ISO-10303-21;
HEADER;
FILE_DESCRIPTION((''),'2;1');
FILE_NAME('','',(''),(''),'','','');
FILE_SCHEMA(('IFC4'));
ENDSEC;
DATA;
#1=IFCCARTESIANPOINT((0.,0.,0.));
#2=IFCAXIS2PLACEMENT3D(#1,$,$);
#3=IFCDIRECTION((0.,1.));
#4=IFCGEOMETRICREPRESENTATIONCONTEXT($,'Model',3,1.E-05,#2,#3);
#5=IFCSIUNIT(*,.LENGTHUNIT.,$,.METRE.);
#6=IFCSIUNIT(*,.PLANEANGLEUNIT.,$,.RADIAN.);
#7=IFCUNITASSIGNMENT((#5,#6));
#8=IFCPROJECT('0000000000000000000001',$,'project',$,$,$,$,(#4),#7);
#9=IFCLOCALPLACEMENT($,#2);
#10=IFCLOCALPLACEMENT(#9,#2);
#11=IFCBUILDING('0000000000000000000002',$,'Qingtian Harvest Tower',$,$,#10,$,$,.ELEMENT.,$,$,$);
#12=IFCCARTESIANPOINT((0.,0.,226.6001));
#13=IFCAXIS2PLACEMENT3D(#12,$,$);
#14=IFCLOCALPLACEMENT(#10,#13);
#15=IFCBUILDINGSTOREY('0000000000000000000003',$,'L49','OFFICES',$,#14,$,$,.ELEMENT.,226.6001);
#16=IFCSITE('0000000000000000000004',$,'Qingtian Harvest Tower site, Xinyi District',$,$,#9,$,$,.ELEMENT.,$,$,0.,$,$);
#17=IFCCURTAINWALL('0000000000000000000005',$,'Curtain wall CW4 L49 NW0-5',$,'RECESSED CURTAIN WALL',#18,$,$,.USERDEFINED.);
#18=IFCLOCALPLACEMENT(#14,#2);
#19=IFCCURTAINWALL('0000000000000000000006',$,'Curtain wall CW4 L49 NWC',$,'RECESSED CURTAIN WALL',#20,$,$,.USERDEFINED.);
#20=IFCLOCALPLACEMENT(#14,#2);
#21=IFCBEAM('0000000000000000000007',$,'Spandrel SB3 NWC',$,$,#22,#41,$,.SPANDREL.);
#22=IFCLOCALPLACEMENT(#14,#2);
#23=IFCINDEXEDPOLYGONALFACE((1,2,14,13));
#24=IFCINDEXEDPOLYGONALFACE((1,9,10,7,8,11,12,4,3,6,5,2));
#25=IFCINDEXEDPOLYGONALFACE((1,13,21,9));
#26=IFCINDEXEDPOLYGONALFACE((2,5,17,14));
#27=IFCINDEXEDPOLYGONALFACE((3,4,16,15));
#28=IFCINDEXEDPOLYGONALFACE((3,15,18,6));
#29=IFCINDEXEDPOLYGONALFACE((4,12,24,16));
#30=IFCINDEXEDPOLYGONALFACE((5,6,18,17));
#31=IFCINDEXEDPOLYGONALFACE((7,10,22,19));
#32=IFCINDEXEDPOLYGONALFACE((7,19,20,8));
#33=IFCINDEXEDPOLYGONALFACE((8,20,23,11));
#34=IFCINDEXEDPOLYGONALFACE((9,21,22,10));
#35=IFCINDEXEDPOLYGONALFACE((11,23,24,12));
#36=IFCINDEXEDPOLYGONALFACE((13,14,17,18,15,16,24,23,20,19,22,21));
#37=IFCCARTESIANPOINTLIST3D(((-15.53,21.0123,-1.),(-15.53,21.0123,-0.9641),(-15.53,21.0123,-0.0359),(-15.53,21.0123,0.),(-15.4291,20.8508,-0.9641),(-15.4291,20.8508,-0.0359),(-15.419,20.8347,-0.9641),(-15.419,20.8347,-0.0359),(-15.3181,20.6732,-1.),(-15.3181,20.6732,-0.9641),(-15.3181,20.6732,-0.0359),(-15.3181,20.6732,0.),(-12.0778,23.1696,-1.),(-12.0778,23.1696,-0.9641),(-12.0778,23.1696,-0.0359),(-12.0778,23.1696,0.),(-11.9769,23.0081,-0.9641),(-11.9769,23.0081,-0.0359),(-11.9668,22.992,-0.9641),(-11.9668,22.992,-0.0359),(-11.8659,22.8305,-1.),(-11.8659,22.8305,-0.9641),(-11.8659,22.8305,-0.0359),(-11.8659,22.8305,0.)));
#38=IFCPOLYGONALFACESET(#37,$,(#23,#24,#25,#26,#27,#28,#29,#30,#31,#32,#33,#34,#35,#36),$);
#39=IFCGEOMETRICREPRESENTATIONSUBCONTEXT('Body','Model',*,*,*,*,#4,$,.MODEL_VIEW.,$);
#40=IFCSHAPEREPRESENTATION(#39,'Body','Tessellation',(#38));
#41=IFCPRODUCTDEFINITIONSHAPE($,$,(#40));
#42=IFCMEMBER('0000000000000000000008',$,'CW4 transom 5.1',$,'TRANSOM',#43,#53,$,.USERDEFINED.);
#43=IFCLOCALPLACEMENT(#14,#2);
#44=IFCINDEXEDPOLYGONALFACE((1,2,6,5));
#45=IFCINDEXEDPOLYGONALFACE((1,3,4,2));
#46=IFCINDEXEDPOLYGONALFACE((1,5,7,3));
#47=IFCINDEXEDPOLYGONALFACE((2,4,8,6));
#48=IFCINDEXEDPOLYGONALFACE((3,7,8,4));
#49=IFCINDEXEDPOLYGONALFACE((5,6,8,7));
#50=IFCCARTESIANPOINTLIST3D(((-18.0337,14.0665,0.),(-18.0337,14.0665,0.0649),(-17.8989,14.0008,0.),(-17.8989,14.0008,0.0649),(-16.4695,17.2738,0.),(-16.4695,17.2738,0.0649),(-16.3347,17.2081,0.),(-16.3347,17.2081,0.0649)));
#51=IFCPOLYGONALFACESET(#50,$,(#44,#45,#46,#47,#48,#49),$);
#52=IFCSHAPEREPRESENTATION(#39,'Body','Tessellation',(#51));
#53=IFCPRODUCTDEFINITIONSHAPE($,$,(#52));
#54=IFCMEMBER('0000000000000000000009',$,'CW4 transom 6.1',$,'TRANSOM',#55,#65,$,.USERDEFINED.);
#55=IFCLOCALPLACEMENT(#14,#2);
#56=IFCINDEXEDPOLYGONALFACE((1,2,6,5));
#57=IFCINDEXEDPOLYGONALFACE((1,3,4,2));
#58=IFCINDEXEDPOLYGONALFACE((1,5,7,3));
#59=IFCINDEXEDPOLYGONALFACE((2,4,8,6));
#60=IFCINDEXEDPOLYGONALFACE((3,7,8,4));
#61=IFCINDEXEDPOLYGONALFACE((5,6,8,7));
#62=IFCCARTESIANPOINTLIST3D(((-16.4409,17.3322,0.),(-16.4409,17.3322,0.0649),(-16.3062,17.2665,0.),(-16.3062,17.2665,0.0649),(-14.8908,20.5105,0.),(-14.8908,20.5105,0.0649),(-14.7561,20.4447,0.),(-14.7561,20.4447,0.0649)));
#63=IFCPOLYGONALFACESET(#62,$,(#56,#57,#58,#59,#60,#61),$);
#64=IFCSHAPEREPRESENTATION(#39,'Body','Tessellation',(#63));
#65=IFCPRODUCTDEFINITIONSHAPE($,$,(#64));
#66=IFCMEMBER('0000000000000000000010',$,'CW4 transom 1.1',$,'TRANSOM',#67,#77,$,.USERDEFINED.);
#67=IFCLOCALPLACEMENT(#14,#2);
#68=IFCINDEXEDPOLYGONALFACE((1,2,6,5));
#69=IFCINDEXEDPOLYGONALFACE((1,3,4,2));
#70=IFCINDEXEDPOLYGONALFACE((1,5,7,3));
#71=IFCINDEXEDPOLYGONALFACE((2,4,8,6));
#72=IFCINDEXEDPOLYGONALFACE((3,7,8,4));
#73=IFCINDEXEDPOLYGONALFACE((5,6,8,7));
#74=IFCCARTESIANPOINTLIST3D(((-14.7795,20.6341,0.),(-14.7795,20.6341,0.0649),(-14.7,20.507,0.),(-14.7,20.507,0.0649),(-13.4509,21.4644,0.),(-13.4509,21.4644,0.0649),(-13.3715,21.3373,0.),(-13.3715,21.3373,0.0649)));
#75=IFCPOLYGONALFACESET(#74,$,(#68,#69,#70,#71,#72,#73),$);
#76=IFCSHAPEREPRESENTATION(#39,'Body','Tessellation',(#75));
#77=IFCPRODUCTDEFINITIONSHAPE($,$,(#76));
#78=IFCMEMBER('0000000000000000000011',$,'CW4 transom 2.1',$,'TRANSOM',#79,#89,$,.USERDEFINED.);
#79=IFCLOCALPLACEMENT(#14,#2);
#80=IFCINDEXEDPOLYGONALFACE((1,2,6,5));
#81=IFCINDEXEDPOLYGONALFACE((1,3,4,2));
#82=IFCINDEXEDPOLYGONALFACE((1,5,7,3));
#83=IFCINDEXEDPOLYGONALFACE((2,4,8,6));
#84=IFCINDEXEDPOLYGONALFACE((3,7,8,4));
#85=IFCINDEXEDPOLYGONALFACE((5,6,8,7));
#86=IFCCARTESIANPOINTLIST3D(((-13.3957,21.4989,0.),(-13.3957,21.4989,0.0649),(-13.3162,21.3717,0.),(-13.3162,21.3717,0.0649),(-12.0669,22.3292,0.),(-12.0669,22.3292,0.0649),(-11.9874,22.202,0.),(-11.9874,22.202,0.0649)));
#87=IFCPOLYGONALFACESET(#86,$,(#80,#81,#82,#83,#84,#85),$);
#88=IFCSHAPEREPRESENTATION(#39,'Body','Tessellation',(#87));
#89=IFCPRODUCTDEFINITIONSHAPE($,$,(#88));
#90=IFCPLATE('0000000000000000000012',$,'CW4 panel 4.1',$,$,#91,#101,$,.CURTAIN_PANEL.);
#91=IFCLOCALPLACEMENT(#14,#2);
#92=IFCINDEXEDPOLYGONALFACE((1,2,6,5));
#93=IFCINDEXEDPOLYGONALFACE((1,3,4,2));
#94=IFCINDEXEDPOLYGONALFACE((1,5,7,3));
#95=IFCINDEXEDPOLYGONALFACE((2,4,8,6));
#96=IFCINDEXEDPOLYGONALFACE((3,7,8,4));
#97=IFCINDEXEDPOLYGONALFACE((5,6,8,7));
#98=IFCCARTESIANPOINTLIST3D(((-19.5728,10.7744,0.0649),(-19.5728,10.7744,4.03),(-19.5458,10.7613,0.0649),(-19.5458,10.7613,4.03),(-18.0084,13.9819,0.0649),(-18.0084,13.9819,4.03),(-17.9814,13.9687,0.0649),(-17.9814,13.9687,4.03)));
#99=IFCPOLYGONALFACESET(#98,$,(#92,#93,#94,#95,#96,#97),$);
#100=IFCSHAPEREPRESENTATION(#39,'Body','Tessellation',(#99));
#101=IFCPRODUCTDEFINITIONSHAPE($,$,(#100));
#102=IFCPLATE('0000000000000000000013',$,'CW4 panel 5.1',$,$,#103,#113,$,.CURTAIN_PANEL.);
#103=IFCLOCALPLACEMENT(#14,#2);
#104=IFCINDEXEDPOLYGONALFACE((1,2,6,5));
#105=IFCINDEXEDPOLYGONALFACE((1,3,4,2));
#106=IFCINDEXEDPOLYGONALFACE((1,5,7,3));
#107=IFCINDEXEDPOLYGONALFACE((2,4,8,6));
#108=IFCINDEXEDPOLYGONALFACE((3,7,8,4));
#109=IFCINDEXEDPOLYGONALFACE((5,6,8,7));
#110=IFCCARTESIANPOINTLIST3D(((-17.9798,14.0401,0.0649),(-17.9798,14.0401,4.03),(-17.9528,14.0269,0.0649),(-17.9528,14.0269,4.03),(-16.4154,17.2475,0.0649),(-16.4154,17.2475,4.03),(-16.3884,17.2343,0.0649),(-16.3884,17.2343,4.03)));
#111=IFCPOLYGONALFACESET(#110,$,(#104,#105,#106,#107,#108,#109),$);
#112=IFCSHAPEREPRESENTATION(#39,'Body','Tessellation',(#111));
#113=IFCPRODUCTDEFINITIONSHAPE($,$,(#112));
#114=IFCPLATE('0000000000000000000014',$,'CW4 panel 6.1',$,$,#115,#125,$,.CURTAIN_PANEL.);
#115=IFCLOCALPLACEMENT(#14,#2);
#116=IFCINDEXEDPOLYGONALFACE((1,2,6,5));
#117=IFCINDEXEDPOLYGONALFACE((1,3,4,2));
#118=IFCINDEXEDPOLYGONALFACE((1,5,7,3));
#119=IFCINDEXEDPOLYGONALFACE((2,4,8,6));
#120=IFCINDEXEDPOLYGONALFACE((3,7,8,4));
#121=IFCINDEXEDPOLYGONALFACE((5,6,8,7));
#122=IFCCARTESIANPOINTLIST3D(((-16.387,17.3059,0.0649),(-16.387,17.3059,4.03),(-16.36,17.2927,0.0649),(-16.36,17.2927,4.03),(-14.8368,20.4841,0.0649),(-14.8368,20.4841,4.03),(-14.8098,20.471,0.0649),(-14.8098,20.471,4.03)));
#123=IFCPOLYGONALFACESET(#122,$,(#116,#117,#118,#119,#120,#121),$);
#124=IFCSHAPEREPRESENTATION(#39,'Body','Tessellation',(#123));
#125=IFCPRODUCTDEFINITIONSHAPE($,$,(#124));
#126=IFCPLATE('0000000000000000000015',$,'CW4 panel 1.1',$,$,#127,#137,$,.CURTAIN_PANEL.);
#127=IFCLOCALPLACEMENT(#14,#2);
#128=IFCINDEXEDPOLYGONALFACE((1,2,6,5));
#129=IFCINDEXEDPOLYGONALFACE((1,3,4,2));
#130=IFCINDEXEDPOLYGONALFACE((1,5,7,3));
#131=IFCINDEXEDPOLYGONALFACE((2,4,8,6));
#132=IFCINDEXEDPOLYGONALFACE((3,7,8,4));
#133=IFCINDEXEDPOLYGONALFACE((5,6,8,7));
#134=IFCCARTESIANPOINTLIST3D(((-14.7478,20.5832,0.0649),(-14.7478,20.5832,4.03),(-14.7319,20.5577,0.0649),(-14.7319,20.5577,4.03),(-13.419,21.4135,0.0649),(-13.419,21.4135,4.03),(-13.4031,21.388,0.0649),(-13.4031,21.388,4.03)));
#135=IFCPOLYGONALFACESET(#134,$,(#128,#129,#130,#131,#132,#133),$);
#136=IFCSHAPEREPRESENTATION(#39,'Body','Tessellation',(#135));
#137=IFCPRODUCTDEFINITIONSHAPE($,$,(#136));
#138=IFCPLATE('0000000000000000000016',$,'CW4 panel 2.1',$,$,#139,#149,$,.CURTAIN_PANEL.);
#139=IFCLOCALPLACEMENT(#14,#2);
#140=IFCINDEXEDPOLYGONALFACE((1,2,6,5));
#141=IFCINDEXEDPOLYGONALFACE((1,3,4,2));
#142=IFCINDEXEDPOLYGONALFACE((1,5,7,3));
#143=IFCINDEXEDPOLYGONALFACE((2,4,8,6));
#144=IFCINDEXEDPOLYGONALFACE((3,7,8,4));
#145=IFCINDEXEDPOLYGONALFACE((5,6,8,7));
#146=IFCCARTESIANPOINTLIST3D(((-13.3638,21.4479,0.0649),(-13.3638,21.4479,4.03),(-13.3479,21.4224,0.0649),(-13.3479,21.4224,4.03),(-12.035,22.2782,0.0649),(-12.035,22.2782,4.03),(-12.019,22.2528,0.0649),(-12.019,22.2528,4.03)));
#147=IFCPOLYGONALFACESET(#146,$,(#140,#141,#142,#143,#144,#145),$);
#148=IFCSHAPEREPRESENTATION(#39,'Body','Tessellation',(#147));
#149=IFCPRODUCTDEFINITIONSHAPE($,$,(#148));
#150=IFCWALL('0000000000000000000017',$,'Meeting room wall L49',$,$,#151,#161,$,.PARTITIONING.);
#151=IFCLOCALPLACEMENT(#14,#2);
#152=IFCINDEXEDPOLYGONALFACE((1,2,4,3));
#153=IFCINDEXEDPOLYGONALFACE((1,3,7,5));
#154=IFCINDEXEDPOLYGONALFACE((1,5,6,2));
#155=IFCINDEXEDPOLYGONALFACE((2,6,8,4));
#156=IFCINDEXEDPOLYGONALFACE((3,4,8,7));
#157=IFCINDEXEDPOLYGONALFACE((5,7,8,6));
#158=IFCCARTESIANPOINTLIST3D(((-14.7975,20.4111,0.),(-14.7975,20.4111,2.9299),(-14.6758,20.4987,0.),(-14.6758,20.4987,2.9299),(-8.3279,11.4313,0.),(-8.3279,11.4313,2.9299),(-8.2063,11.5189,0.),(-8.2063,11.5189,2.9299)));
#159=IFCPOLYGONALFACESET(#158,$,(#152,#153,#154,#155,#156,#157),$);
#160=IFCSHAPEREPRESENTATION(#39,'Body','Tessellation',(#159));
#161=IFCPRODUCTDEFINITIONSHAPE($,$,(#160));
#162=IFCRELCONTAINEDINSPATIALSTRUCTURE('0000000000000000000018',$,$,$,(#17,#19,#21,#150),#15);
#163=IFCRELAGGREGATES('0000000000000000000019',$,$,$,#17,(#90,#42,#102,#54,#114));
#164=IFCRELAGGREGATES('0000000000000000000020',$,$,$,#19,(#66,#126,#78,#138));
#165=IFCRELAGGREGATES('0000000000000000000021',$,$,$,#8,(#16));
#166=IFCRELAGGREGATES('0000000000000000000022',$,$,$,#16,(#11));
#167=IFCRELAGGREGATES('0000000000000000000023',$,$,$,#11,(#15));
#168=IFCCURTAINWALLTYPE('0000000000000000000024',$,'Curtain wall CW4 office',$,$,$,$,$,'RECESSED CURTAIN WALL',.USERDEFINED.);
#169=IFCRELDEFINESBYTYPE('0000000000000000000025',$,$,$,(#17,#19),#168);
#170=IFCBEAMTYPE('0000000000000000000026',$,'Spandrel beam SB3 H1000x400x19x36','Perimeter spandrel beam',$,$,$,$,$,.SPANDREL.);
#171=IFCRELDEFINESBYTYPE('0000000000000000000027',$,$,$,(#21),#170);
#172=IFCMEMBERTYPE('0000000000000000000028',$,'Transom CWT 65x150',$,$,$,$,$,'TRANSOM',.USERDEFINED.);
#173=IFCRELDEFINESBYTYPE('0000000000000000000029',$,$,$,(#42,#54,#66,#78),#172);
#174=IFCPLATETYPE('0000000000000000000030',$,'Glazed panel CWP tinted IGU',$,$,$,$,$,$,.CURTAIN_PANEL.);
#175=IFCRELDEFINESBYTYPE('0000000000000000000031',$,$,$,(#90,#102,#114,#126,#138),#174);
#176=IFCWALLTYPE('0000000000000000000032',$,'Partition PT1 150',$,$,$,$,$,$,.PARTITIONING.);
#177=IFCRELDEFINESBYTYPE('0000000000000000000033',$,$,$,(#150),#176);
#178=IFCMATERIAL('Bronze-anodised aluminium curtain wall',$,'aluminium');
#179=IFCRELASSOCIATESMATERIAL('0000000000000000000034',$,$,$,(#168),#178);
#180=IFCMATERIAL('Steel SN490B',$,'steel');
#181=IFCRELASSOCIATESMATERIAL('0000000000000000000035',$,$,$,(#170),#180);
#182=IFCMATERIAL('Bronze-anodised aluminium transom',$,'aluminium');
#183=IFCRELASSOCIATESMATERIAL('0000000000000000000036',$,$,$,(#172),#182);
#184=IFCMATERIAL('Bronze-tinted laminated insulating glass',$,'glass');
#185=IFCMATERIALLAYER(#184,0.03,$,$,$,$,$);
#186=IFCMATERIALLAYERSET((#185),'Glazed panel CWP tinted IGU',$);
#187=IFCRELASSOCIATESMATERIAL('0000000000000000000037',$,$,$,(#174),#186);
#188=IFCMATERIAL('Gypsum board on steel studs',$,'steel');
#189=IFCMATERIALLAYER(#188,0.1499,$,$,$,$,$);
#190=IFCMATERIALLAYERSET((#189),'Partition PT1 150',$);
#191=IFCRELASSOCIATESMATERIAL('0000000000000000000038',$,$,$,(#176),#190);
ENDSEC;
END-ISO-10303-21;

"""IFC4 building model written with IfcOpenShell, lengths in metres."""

from ifc_helpers import new_model, si_unit, direction, frame, frame_2d, origin, origin_2d, place, context, subcontext, project, spatial, rectangle, i_section, extrude, material, layer, layer_set, material_profile, profile_set, type_object, element, aggregate, save


model = new_model("IFC4")

# Units and contexts
model_context = context("Model", 3, precision=1e-05, world=origin(), true_north=direction((0.0, 1.0)))
body_context = subcontext(model_context, "Body", "Model", "MODEL_VIEW")
ifc_project = project(units=[si_unit("LENGTHUNIT", "METRE"), si_unit("PLANEANGLEUNIT", "RADIAN")], contexts=[model_context])

# Site, building, storey
site_placement = place(None, origin())
site = spatial("IfcSite", under=ifc_project, at=site_placement, Name="Qingtian Harvest Tower site, Xinyi District", CompositionType="ELEMENT", RefElevation=0.0)
building_placement = place(site_placement, origin())
building = spatial("IfcBuilding", under=site, at=building_placement, Name="Qingtian Harvest Tower", CompositionType="ELEMENT")
storey_placement = place(building_placement, frame((0.0, 0.0, 226.6001)))
storey = spatial("IfcBuildingStorey", under=building, at=storey_placement, Name="L49", Description="OFFICES", CompositionType="ELEMENT", Elevation=226.6001)

# Curtain walls
ifc_material_1 = material(Name="Bronze-anodised aluminium curtain wall", Category="aluminium")
curtain_wall_type = type_object("IfcCurtainWallType", Name="Curtain wall CW4 office", ElementType="RECESSED CURTAIN WALL", PredefinedType="USERDEFINED", material=ifc_material_1)
curtain_wall_1_placement = place(storey_placement, origin())
curtain_wall_1 = element("IfcCurtainWall", 1, at=curtain_wall_1_placement, inside=storey, type_object=curtain_wall_type, Name="Curtain wall CW4 L49 NW0-5", ObjectType="RECESSED CURTAIN WALL", PredefinedType="USERDEFINED")
curtain_wall_2_placement = place(storey_placement, origin())
curtain_wall_2 = element("IfcCurtainWall", 2, at=curtain_wall_2_placement, inside=storey, type_object=curtain_wall_type, Name="Curtain wall CW4 L49 NWC", ObjectType="RECESSED CURTAIN WALL", PredefinedType="USERDEFINED")

# Beam
ifc_material_2 = material(Name="Steel SN490B", Category="steel")
ifc_material_profile_1 = material_profile(ifc_material_2, i_section(OverallWidth=0.3999, OverallDepth=1.0, WebThickness=0.019, FlangeThickness=0.0359, at=origin_2d()), Name="H1000x400x19x36")
ifc_profile_set_1 = profile_set([ifc_material_profile_1], Name="Steel SN490B")
beam_type_1 = type_object("IfcBeamType", Name="Spandrel beam SB3 H1000x400x19x36", Description="Perimeter spandrel beam", PredefinedType="SPANDREL", material=ifc_profile_set_1)
beam_1_placement = place(storey_placement, frame((-15.4241, 20.8428, -0.5), z_axis=(0.848039, 0.529934, 0.0), x_axis=(-0.529934, 0.848039, 0.0)))
element("IfcBeam", 3, at=beam_1_placement, inside=storey, type_object=beam_type_1, Name="Spandrel SB3 NWC", PredefinedType="SPANDREL", context=body_context, shape_type="SweptSolid", body=[
    extrude(i_section(OverallWidth=0.3999, OverallDepth=1.0, WebThickness=0.019, FlangeThickness=0.0359, at=origin_2d()), origin(), (0.0, 0.0, 1.0), 4.0708),
])

# Members
ifc_material_3 = material(Name="Bronze-anodised aluminium transom", Category="aluminium")
ifc_material_profile_2 = material_profile(ifc_material_3, rectangle(XDim=0.1499, YDim=0.0649, at=origin_2d()), Name="AL 65x150")
ifc_profile_set_2 = profile_set([ifc_material_profile_2], Name="Bronze-anodised aluminium transom")
member_type_1 = type_object("IfcMemberType", Name="Transom CWT 65x150", ElementType="TRANSOM", PredefinedType="USERDEFINED", material=ifc_profile_set_2)
member_1_placement = place(storey_placement, frame((-17.9663, 14.0337, 0.0325), z_axis=(0.438352, 0.898803, 0.0), x_axis=(-0.898803, 0.438352, 0.0)))
member_1 = element("IfcMember", 4, at=member_1_placement, type_object=member_type_1, Name="CW4 transom 5.1", ObjectType="TRANSOM", PredefinedType="USERDEFINED", context=body_context, shape_type="SweptSolid", body=[
    extrude(rectangle(XDim=0.1499, YDim=0.0649, at=origin_2d()), origin(), (0.0, 0.0, 1.0), 3.5684),
])
member_2_placement = place(storey_placement, frame((-16.3735, 17.2993, 0.0325), z_axis=(0.438354, 0.898802, 0.0), x_axis=(-0.898802, 0.438354, 0.0)))
member_2 = element("IfcMember", 5, at=member_2_placement, type_object=member_type_1, Name="CW4 transom 6.1", ObjectType="TRANSOM", PredefinedType="USERDEFINED", context=body_context, shape_type="SweptSolid", body=[
    extrude(rectangle(XDim=0.1499, YDim=0.0649, at=origin_2d()), origin(), (0.0, 0.0, 1.0), 3.5361),
])
member_3_placement = place(storey_placement, frame((-14.7397, 20.5706, 0.0325), z_axis=(0.848016, 0.529971, 0.0), x_axis=(-0.529971, 0.848016, 0.0)))
member_3 = element("IfcMember", 6, at=member_3_placement, type_object=member_type_1, Name="CW4 transom 1.1", ObjectType="TRANSOM", PredefinedType="USERDEFINED", context=body_context, shape_type="SweptSolid", body=[
    extrude(rectangle(XDim=0.1499, YDim=0.0649, at=origin_2d()), origin(), (0.0, 0.0, 1.0), 1.5667),
])
member_4_placement = place(storey_placement, frame((-13.356, 21.4353, 0.0325), z_axis=(0.84806, 0.529901, 0.0), x_axis=(-0.529901, 0.84806, 0.0)))
member_4 = element("IfcMember", 7, at=member_4_placement, type_object=member_type_1, Name="CW4 transom 2.1", ObjectType="TRANSOM", PredefinedType="USERDEFINED", context=body_context, shape_type="SweptSolid", body=[
    extrude(rectangle(XDim=0.1499, YDim=0.0649, at=origin_2d()), origin(), (0.0, 0.0, 1.0), 1.5669),
])

# Plates
ifc_material_4 = material(Name="Bronze-tinted laminated insulating glass", Category="glass")
ifc_layer_1 = layer(ifc_material_4, 0.03)
ifc_layer_set_1 = layer_set([ifc_layer_1], Name="Glazed panel CWP tinted IGU")
plate_type = type_object("IfcPlateType", Name="Glazed panel CWP tinted IGU", PredefinedType="CURTAIN_PANEL", material=ifc_layer_set_1)
plate_1_placement = place(storey_placement, frame((-18.7771, 12.3716, 0.0649), z_axis=(0.0, 0.0, 1.0), x_axis=(0.438371, 0.898794, 0.0)))
plate_1 = element("IfcPlate", 8, at=plate_1_placement, type_object=plate_type, Name="CW4 panel 4.1", PredefinedType="CURTAIN_PANEL", context=body_context, shape_type="SweptSolid", body=[
    extrude(rectangle(XDim=3.5686, YDim=0.03, at=origin_2d()), origin(), (0.0, 0.0, 1.0), 3.9651),
])
plate_2_placement = place(storey_placement, frame((-17.1841, 15.6372, 0.0649), z_axis=(0.0, 0.0, 1.0), x_axis=(0.438371, 0.898794, 0.0)))
plate_2 = element("IfcPlate", 9, at=plate_2_placement, type_object=plate_type, Name="CW4 panel 5.1", PredefinedType="CURTAIN_PANEL", context=body_context, shape_type="SweptSolid", body=[
    extrude(rectangle(XDim=3.5686, YDim=0.03, at=origin_2d()), origin(), (0.0, 0.0, 1.0), 3.9651),
])
plate_3_placement = place(storey_placement, frame((-15.5984, 18.8884, 0.0649), z_axis=(0.0, 0.0, 1.0), x_axis=(0.438371, 0.898794, 0.0)))
plate_3 = element("IfcPlate", 10, at=plate_3_placement, type_object=plate_type, Name="CW4 panel 6.1", PredefinedType="CURTAIN_PANEL", context=body_context, shape_type="SweptSolid", body=[
    extrude(rectangle(XDim=3.5361, YDim=0.03, at=origin_2d()), origin(), (0.0, 0.0, 1.0), 3.9651),
])
aggregate(curtain_wall_1, [plate_1, member_1, plate_2, member_2, plate_3])
plate_4_placement = place(storey_placement, frame((-14.0754, 20.9856, 0.0649), z_axis=(0.0, 0.0, 1.0), x_axis=(0.848048, 0.529919, 0.0)))
plate_4 = element("IfcPlate", 11, at=plate_4_placement, type_object=plate_type, Name="CW4 panel 1.1", PredefinedType="CURTAIN_PANEL", context=body_context, shape_type="SweptSolid", body=[
    extrude(rectangle(XDim=1.5669, YDim=0.03, at=origin_2d()), origin(), (0.0, 0.0, 1.0), 3.9651),
])
plate_5_placement = place(storey_placement, frame((-12.6914, 21.8503, 0.0649), z_axis=(0.0, 0.0, 1.0), x_axis=(0.848048, 0.529919, 0.0)))
plate_5 = element("IfcPlate", 12, at=plate_5_placement, type_object=plate_type, Name="CW4 panel 2.1", PredefinedType="CURTAIN_PANEL", context=body_context, shape_type="SweptSolid", body=[
    extrude(rectangle(XDim=1.5669, YDim=0.03, at=origin_2d()), origin(), (0.0, 0.0, 1.0), 3.9651),
])
aggregate(curtain_wall_2, [member_3, plate_4, member_4, plate_5])

# Wall
ifc_material_5 = material(Name="Gypsum board on steel studs", Category="steel")
ifc_layer_2 = layer(ifc_material_5, 0.1499)
ifc_layer_set_2 = layer_set([ifc_layer_2], Name="Partition PT1 150")
wall_type = type_object("IfcWallType", Name="Partition PT1 150", PredefinedType="PARTITIONING", material=ifc_layer_set_2)
wall_placement = place(storey_placement, frame((-14.7366, 20.4548, 0.0), z_axis=(0.0, 0.0, 1.0), x_axis=(0.584547, -0.81136, 0.0)))
element("IfcWall", 13, at=wall_placement, inside=storey, type_object=wall_type, Name="Meeting room wall L49", PredefinedType="PARTITIONING", context=body_context, shape_type="SweptSolid", body=[
    extrude(rectangle(XDim=11.0676, YDim=0.1499, at=frame_2d((5.5337, 0.0))), origin(), (0.0, 0.0, 1.0), 2.9299),
])

save(model, "model.ifc")
